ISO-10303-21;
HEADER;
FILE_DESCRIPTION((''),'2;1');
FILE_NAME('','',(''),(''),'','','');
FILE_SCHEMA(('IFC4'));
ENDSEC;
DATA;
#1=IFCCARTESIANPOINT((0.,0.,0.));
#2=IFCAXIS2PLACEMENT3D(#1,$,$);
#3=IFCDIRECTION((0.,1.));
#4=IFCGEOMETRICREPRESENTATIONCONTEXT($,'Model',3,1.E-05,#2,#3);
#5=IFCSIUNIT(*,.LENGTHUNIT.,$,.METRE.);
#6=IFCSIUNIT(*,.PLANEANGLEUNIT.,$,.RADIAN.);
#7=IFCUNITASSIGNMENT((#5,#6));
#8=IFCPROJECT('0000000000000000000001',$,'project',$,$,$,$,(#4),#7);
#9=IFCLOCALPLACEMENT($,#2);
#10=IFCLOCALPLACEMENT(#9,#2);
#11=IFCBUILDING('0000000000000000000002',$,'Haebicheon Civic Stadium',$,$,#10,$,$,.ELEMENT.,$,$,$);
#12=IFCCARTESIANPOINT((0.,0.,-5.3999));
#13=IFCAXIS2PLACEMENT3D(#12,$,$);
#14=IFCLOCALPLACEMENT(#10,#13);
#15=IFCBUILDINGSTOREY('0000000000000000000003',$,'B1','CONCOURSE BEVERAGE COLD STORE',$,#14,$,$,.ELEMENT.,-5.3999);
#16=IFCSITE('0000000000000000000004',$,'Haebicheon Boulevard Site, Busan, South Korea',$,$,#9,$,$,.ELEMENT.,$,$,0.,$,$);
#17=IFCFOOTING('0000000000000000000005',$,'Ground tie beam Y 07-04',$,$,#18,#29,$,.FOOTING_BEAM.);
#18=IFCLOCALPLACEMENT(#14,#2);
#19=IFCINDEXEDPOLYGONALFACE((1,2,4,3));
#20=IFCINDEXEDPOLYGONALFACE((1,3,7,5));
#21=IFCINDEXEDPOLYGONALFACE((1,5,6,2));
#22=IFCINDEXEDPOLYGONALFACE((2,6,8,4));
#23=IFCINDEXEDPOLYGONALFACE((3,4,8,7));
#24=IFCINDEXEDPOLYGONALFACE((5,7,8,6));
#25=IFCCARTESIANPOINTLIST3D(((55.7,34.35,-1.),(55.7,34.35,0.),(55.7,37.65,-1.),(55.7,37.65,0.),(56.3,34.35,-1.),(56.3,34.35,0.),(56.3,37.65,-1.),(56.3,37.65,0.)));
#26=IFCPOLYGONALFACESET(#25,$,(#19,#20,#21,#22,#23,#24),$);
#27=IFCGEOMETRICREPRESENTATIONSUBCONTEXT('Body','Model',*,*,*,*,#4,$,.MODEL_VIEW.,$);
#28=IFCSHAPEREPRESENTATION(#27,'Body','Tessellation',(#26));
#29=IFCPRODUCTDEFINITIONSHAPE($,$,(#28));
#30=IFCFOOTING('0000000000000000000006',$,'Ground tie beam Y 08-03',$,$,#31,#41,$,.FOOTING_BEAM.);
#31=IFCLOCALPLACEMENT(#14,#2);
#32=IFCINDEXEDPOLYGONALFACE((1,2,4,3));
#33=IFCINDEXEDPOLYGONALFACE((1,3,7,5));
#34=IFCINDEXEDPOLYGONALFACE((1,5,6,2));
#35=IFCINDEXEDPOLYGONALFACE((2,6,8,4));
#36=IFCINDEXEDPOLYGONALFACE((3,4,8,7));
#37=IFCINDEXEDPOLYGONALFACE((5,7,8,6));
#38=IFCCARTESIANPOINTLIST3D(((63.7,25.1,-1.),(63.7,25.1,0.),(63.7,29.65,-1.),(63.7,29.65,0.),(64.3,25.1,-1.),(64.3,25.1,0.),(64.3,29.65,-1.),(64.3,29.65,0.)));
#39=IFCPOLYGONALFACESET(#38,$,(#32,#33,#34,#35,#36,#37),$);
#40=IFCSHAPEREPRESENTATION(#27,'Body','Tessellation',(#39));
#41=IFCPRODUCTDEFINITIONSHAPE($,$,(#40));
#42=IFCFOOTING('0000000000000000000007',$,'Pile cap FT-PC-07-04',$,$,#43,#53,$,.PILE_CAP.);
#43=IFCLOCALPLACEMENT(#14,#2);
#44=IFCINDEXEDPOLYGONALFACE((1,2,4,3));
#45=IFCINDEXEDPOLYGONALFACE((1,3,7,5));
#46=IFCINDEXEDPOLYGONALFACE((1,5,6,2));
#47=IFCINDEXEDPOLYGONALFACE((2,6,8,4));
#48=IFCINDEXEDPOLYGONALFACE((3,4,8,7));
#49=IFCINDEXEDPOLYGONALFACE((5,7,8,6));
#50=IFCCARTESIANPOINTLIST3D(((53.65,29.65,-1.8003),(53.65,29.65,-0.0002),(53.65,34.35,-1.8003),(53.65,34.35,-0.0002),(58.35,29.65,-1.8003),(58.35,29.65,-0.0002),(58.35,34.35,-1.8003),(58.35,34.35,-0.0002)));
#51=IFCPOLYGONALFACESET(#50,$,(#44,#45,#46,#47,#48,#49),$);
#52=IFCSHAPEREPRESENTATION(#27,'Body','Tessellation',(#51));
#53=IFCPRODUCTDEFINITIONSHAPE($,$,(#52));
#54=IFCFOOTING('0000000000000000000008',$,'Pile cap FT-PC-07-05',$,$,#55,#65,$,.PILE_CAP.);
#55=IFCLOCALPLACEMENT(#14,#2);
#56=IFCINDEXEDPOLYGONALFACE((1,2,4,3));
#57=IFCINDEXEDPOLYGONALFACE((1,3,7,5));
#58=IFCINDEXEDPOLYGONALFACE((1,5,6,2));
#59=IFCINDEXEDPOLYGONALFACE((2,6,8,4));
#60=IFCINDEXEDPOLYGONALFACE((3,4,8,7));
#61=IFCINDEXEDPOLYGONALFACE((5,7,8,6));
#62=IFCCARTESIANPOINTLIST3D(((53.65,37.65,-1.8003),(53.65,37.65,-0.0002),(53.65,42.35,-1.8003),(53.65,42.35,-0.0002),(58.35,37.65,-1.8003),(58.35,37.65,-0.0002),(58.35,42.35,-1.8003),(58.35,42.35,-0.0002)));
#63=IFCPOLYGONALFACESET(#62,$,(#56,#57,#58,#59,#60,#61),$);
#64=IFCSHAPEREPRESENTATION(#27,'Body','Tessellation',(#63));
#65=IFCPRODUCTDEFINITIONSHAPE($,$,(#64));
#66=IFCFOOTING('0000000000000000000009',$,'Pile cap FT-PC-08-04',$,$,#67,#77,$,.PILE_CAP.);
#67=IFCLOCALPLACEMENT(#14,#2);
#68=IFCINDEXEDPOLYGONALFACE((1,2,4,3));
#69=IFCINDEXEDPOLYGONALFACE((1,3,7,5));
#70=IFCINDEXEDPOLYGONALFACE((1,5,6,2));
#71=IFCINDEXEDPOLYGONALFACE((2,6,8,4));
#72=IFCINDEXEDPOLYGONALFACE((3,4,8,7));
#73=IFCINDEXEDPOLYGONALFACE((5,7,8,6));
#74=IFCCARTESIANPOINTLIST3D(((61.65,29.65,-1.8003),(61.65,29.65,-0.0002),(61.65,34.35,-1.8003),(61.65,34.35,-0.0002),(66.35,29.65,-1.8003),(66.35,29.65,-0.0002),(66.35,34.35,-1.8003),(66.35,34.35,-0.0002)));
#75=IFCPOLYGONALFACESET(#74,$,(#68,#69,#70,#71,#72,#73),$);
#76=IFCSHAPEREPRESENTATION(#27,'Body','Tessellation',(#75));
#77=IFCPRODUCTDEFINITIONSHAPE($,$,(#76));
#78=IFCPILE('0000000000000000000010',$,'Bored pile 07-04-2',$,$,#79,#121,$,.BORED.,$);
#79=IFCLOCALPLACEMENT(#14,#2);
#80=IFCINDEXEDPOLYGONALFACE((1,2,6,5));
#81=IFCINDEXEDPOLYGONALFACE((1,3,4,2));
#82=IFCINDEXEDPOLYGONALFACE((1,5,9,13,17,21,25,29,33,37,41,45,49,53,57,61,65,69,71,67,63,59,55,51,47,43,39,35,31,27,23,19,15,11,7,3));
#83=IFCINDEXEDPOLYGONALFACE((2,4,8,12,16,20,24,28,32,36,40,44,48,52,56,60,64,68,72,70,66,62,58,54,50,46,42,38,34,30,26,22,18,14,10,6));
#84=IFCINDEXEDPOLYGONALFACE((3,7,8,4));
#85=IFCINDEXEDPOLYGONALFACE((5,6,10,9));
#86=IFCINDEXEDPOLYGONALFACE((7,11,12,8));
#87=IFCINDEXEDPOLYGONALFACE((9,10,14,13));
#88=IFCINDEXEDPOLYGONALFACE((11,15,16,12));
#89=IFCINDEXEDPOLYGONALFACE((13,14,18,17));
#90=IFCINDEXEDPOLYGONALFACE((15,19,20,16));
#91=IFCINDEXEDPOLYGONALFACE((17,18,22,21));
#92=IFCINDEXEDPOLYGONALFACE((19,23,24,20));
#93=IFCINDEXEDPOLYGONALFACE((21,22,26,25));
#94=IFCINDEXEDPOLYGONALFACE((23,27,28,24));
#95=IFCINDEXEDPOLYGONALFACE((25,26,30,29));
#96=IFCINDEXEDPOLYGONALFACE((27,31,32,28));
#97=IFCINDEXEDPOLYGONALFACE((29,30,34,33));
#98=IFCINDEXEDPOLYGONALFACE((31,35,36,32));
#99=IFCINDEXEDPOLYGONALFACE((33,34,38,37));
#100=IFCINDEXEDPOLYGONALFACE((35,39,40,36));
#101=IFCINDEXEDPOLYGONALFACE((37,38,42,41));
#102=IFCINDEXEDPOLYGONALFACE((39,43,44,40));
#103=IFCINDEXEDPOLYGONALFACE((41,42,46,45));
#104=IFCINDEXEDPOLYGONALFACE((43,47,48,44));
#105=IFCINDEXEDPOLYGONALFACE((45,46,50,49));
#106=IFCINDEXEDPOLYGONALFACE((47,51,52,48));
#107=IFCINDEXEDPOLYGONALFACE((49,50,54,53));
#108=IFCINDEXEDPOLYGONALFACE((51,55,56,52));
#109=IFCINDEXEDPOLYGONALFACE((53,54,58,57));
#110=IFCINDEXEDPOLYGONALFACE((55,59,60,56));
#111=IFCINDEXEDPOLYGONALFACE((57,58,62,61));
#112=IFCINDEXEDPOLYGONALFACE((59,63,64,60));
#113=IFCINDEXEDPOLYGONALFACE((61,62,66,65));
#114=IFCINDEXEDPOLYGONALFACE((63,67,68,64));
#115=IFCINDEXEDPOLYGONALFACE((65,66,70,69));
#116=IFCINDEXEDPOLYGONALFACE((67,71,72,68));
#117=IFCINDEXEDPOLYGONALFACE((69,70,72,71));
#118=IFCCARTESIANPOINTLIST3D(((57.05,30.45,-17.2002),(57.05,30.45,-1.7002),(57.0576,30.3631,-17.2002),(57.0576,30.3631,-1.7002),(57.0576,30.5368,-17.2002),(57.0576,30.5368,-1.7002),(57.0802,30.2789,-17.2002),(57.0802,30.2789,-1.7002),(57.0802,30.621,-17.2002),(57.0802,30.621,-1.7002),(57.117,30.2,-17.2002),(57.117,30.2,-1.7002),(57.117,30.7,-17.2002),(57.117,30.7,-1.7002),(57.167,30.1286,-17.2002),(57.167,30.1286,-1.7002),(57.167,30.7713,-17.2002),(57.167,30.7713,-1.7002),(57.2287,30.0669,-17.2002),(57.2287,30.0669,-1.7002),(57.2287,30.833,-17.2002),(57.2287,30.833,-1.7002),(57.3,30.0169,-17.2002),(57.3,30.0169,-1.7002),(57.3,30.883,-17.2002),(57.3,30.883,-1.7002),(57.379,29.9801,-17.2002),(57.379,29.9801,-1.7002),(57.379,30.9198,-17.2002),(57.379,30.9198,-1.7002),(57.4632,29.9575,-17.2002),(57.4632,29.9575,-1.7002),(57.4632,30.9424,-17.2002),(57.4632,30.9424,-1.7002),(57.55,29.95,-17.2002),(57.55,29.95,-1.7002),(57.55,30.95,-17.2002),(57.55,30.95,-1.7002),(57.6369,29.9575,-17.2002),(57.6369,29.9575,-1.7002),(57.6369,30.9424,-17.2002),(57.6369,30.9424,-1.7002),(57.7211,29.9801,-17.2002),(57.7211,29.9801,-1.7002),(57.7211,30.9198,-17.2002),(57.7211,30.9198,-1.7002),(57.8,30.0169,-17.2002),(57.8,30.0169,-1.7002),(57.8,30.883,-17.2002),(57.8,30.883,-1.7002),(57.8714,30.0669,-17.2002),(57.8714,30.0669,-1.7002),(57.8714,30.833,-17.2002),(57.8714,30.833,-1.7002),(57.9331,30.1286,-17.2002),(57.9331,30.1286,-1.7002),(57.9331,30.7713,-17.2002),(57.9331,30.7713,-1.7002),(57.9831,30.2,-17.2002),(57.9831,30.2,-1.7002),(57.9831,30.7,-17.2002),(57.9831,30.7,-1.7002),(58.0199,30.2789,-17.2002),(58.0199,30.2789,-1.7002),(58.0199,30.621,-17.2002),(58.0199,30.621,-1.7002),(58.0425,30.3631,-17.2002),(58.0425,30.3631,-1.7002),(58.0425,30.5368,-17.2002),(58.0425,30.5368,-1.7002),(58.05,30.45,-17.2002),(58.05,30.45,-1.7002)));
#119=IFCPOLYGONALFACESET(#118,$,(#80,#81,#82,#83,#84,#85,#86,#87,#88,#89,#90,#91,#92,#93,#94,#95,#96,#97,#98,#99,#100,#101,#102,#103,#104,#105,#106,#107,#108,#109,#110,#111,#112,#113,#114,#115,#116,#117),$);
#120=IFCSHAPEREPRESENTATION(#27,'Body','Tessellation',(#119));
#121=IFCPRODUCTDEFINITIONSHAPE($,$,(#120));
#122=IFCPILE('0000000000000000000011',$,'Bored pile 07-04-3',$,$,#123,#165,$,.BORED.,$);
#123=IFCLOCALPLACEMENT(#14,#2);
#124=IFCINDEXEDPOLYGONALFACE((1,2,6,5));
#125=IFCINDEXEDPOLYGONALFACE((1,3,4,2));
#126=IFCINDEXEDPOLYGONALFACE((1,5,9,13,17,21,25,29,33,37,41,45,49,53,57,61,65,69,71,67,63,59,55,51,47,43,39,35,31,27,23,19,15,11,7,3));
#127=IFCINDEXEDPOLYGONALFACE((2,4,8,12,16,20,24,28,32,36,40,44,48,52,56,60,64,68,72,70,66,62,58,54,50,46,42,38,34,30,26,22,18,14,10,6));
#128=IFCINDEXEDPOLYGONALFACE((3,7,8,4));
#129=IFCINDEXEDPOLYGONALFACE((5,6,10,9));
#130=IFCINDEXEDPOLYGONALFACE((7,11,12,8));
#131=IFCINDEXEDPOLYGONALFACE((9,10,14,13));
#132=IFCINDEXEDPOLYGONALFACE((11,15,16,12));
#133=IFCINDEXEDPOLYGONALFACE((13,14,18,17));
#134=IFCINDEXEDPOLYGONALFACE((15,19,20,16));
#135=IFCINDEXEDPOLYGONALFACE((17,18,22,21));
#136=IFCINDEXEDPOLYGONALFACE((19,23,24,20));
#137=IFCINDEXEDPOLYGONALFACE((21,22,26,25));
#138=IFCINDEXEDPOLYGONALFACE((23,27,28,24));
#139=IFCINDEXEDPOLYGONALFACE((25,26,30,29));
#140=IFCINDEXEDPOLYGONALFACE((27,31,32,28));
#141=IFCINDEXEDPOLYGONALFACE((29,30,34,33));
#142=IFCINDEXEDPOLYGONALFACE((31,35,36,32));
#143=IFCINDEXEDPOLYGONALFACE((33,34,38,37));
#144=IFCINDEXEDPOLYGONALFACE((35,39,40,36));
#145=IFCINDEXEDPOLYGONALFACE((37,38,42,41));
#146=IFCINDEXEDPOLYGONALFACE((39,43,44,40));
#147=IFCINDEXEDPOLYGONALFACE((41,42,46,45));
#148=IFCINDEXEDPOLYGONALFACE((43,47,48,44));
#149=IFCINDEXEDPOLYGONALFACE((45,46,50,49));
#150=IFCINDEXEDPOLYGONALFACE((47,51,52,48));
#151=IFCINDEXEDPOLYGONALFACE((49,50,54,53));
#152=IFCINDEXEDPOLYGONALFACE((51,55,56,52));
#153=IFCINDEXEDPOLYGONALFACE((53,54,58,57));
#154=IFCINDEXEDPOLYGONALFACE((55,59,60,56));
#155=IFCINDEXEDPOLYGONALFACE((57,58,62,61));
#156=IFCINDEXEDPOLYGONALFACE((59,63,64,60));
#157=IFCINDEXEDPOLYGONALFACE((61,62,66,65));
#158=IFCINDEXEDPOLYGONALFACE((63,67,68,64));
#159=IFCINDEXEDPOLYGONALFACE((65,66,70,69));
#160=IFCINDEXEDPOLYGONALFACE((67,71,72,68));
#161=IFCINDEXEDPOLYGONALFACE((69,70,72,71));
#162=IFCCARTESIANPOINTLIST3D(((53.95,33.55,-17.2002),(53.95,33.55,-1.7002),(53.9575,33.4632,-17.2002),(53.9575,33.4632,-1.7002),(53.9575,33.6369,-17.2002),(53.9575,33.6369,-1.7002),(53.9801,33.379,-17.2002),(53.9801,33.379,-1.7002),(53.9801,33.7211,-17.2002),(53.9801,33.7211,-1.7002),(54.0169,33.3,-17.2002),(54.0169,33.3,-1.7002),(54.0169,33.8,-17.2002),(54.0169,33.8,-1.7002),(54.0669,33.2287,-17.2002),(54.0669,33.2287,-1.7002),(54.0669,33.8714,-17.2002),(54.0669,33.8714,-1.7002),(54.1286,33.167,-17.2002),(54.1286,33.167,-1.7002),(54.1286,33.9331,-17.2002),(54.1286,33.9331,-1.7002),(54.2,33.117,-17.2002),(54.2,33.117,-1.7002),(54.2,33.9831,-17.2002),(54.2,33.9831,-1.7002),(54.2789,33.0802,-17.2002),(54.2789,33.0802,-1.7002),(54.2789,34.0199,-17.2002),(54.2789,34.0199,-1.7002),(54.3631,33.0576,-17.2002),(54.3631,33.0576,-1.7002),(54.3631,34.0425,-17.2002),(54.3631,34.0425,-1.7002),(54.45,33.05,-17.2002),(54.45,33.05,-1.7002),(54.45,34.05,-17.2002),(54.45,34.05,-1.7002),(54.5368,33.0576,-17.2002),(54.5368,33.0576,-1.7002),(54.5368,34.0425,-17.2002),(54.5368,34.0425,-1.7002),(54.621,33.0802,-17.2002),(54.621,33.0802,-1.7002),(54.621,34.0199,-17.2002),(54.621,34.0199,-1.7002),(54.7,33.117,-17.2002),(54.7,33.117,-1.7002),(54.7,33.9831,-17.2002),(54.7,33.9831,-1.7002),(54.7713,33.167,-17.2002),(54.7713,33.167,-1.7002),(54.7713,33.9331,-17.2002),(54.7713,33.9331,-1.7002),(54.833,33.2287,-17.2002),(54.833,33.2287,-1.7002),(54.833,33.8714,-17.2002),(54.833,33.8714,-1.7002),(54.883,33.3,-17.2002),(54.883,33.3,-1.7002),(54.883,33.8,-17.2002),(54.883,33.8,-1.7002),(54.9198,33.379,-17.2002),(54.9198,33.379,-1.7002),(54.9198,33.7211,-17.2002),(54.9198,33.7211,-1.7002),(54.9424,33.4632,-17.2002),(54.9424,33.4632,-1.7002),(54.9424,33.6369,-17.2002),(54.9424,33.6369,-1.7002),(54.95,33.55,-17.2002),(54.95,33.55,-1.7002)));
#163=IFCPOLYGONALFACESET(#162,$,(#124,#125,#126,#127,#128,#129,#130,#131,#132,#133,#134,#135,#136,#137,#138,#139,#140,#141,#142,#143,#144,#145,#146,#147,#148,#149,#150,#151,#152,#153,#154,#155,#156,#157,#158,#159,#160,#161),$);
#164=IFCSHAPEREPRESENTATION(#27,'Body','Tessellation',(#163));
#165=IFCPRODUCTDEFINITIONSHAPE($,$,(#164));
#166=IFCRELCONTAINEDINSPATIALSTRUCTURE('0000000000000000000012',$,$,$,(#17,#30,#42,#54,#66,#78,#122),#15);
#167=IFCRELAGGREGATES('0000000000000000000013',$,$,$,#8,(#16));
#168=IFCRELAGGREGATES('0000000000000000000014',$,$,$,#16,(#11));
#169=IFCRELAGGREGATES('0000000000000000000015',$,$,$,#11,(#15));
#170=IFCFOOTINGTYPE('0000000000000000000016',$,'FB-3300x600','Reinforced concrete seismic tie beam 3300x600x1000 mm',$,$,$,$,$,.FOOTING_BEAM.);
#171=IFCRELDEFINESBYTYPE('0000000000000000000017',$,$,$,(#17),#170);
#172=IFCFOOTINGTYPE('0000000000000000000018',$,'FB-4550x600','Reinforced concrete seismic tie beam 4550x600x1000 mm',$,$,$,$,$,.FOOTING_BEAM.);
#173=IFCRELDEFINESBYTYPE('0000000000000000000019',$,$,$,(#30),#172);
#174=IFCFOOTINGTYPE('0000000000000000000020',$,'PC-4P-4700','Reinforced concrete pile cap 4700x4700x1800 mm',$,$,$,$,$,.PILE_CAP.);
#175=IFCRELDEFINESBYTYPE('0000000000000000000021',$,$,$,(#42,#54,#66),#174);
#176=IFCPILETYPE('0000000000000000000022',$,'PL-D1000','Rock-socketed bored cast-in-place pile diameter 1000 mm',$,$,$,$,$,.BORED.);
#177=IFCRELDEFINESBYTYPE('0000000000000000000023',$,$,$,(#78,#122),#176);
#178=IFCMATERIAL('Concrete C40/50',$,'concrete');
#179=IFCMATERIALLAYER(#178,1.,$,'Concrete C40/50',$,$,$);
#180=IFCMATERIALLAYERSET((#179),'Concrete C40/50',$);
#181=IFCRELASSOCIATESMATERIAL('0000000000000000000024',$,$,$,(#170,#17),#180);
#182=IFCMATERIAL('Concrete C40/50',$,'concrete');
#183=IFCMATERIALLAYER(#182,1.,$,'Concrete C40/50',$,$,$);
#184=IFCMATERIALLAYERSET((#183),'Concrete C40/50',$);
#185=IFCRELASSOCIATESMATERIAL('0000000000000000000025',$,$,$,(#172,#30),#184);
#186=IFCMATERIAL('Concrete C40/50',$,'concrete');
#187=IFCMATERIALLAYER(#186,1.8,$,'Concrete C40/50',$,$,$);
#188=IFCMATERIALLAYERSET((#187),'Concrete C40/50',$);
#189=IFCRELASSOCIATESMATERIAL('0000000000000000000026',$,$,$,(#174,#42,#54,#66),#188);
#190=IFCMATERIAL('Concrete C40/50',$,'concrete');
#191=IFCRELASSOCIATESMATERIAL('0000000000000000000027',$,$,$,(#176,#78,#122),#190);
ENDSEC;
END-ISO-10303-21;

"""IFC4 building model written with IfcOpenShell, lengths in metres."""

from ifc_helpers import new_model, si_unit, direction, frame, origin, origin_2d, place, context, subcontext, project, spatial, rectangle, circle, extrude, material, layer, layer_set, material_profile, profile_set, type_object, element, save


model = new_model("IFC4")

# Units and contexts
model_context = context("Model", 3, precision=1e-05, world=origin(), true_north=direction((0.0, 1.0)))
body_context = subcontext(model_context, "Body", "Model", "MODEL_VIEW")
ifc_project = project(units=[si_unit("LENGTHUNIT", "METRE"), si_unit("PLANEANGLEUNIT", "RADIAN")], contexts=[model_context])

# Site, building, storey
site_placement = place(None, origin())
site = spatial("IfcSite", under=ifc_project, at=site_placement, Name="Haebicheon Boulevard Site, Busan, South Korea", CompositionType="ELEMENT", RefElevation=0.0)
building_placement = place(site_placement, origin())
building = spatial("IfcBuilding", under=site, at=building_placement, Name="Haebicheon Civic Stadium", CompositionType="ELEMENT")
storey_placement = place(building_placement, frame((0.0, 0.0, -5.3999)))
storey = spatial("IfcBuildingStorey", under=building, at=storey_placement, Name="B1", Description="CONCOURSE BEVERAGE COLD STORE", CompositionType="ELEMENT", Elevation=-5.3999)

# Footings
ifc_material_1 = material(Name="Concrete C40/50", Category="concrete")
ifc_layer_1 = layer(ifc_material_1, 1.0, Name="Concrete C40/50")
ifc_layer_set_1 = layer_set([ifc_layer_1], Name="Concrete C40/50")
footing_type_1 = type_object("IfcFootingType", Name="FB-3300x600", Description="Reinforced concrete seismic tie beam 3300x600x1000 mm", PredefinedType="FOOTING_BEAM", material=ifc_layer_set_1)
footing_1_placement = place(storey_placement, frame((56.0, 36.0, -1.0), z_axis=(0.0, 0.0, 1.0), x_axis=(0.0, 1.0, 0.0)))
element("IfcFooting", 1, at=footing_1_placement, inside=storey, type_object=footing_type_1, material=ifc_layer_set_1, Name="Ground tie beam Y 07-04", PredefinedType="FOOTING_BEAM", context=body_context, shape_type="SweptSolid", body=[
    extrude(rectangle(XDim=3.3, YDim=0.6001, at=origin_2d()), origin(), (0.0, 0.0, 1.0), 1.0),
])
ifc_material_2 = material(Name="Concrete C40/50", Category="concrete")
ifc_layer_2 = layer(ifc_material_2, 1.0, Name="Concrete C40/50")
ifc_layer_set_2 = layer_set([ifc_layer_2], Name="Concrete C40/50")
footing_type_2 = type_object("IfcFootingType", Name="FB-4550x600", Description="Reinforced concrete seismic tie beam 4550x600x1000 mm", PredefinedType="FOOTING_BEAM", material=ifc_layer_set_2)
footing_2_placement = place(storey_placement, frame((64.0, 27.375, -1.0), z_axis=(0.0, 0.0, 1.0), x_axis=(0.0, 1.0, 0.0)))
element("IfcFooting", 2, at=footing_2_placement, inside=storey, type_object=footing_type_2, material=ifc_layer_set_2, Name="Ground tie beam Y 08-03", PredefinedType="FOOTING_BEAM", context=body_context, shape_type="SweptSolid", body=[
    extrude(rectangle(XDim=4.55, YDim=0.6001, at=origin_2d()), origin(), (0.0, 0.0, 1.0), 1.0),
])
ifc_material_3 = material(Name="Concrete C40/50", Category="concrete")
ifc_layer_3 = layer(ifc_material_3, 1.8, Name="Concrete C40/50")
ifc_layer_set_3 = layer_set([ifc_layer_3], Name="Concrete C40/50")
footing_type_3 = type_object("IfcFootingType", Name="PC-4P-4700", Description="Reinforced concrete pile cap 4700x4700x1800 mm", PredefinedType="PILE_CAP", material=ifc_layer_set_3)
for number, where, z_axis, x_axis, name in (
    (3, (56.0, 32.0, -1.8003), (0.0, 0.0, 1.0), (1.0, 0.0, 0.0), "Pile cap FT-PC-07-04"),
    (4, (56.0, 40.0, -1.8003), (0.0, 0.0, 1.0), (1.0, 0.0, 0.0), "Pile cap FT-PC-07-05"),
    (5, (64.0, 32.0, -1.8003), (0.0, 0.0, 1.0), (1.0, 0.0, 0.0), "Pile cap FT-PC-08-04"),
):
    element("IfcFooting", number, at=place(storey_placement, frame(where, z_axis=z_axis, x_axis=x_axis)), inside=storey, type_object=footing_type_3, material=ifc_layer_set_3, Name=name, PredefinedType="PILE_CAP", context=body_context, shape_type="SweptSolid", body=[
        extrude(rectangle(XDim=4.7, YDim=4.7, at=origin_2d()), origin(), (0.0, 0.0, 1.0), 1.8),
    ])

# Piles
ifc_material_4 = material(Name="Concrete C40/50", Category="concrete")
ifc_material_profile_1 = material_profile(ifc_material_4, circle(Radius=0.5, at=origin_2d()), Name="PILE-D1000")
ifc_profile_set_1 = profile_set([ifc_material_profile_1], Name="Concrete C40/50")
pile_type = type_object("IfcPileType", Name="PL-D1000", Description="Rock-socketed bored cast-in-place pile diameter 1000 mm", PredefinedType="BORED", material=ifc_profile_set_1)
for number, where, z_axis, x_axis, name in (
    (6, (57.55, 30.45, -1.7002), (0.0, 0.0, -1.0), (1.0, 0.0, 0.0), "Bored pile 07-04-2"),
    (7, (54.45, 33.55, -1.7002), (0.0, 0.0, -1.0), (1.0, 0.0, 0.0), "Bored pile 07-04-3"),
):
    element("IfcPile", number, at=place(storey_placement, frame(where, z_axis=z_axis, x_axis=x_axis)), inside=storey, type_object=pile_type, material=ifc_profile_set_1, Name=name, PredefinedType="BORED", context=body_context, shape_type="SweptSolid", body=[
        extrude(circle(Radius=0.5, at=origin_2d()), origin(), (0.0, 0.0, 1.0), 15.5),
    ])

save(model, "model.ifc")
